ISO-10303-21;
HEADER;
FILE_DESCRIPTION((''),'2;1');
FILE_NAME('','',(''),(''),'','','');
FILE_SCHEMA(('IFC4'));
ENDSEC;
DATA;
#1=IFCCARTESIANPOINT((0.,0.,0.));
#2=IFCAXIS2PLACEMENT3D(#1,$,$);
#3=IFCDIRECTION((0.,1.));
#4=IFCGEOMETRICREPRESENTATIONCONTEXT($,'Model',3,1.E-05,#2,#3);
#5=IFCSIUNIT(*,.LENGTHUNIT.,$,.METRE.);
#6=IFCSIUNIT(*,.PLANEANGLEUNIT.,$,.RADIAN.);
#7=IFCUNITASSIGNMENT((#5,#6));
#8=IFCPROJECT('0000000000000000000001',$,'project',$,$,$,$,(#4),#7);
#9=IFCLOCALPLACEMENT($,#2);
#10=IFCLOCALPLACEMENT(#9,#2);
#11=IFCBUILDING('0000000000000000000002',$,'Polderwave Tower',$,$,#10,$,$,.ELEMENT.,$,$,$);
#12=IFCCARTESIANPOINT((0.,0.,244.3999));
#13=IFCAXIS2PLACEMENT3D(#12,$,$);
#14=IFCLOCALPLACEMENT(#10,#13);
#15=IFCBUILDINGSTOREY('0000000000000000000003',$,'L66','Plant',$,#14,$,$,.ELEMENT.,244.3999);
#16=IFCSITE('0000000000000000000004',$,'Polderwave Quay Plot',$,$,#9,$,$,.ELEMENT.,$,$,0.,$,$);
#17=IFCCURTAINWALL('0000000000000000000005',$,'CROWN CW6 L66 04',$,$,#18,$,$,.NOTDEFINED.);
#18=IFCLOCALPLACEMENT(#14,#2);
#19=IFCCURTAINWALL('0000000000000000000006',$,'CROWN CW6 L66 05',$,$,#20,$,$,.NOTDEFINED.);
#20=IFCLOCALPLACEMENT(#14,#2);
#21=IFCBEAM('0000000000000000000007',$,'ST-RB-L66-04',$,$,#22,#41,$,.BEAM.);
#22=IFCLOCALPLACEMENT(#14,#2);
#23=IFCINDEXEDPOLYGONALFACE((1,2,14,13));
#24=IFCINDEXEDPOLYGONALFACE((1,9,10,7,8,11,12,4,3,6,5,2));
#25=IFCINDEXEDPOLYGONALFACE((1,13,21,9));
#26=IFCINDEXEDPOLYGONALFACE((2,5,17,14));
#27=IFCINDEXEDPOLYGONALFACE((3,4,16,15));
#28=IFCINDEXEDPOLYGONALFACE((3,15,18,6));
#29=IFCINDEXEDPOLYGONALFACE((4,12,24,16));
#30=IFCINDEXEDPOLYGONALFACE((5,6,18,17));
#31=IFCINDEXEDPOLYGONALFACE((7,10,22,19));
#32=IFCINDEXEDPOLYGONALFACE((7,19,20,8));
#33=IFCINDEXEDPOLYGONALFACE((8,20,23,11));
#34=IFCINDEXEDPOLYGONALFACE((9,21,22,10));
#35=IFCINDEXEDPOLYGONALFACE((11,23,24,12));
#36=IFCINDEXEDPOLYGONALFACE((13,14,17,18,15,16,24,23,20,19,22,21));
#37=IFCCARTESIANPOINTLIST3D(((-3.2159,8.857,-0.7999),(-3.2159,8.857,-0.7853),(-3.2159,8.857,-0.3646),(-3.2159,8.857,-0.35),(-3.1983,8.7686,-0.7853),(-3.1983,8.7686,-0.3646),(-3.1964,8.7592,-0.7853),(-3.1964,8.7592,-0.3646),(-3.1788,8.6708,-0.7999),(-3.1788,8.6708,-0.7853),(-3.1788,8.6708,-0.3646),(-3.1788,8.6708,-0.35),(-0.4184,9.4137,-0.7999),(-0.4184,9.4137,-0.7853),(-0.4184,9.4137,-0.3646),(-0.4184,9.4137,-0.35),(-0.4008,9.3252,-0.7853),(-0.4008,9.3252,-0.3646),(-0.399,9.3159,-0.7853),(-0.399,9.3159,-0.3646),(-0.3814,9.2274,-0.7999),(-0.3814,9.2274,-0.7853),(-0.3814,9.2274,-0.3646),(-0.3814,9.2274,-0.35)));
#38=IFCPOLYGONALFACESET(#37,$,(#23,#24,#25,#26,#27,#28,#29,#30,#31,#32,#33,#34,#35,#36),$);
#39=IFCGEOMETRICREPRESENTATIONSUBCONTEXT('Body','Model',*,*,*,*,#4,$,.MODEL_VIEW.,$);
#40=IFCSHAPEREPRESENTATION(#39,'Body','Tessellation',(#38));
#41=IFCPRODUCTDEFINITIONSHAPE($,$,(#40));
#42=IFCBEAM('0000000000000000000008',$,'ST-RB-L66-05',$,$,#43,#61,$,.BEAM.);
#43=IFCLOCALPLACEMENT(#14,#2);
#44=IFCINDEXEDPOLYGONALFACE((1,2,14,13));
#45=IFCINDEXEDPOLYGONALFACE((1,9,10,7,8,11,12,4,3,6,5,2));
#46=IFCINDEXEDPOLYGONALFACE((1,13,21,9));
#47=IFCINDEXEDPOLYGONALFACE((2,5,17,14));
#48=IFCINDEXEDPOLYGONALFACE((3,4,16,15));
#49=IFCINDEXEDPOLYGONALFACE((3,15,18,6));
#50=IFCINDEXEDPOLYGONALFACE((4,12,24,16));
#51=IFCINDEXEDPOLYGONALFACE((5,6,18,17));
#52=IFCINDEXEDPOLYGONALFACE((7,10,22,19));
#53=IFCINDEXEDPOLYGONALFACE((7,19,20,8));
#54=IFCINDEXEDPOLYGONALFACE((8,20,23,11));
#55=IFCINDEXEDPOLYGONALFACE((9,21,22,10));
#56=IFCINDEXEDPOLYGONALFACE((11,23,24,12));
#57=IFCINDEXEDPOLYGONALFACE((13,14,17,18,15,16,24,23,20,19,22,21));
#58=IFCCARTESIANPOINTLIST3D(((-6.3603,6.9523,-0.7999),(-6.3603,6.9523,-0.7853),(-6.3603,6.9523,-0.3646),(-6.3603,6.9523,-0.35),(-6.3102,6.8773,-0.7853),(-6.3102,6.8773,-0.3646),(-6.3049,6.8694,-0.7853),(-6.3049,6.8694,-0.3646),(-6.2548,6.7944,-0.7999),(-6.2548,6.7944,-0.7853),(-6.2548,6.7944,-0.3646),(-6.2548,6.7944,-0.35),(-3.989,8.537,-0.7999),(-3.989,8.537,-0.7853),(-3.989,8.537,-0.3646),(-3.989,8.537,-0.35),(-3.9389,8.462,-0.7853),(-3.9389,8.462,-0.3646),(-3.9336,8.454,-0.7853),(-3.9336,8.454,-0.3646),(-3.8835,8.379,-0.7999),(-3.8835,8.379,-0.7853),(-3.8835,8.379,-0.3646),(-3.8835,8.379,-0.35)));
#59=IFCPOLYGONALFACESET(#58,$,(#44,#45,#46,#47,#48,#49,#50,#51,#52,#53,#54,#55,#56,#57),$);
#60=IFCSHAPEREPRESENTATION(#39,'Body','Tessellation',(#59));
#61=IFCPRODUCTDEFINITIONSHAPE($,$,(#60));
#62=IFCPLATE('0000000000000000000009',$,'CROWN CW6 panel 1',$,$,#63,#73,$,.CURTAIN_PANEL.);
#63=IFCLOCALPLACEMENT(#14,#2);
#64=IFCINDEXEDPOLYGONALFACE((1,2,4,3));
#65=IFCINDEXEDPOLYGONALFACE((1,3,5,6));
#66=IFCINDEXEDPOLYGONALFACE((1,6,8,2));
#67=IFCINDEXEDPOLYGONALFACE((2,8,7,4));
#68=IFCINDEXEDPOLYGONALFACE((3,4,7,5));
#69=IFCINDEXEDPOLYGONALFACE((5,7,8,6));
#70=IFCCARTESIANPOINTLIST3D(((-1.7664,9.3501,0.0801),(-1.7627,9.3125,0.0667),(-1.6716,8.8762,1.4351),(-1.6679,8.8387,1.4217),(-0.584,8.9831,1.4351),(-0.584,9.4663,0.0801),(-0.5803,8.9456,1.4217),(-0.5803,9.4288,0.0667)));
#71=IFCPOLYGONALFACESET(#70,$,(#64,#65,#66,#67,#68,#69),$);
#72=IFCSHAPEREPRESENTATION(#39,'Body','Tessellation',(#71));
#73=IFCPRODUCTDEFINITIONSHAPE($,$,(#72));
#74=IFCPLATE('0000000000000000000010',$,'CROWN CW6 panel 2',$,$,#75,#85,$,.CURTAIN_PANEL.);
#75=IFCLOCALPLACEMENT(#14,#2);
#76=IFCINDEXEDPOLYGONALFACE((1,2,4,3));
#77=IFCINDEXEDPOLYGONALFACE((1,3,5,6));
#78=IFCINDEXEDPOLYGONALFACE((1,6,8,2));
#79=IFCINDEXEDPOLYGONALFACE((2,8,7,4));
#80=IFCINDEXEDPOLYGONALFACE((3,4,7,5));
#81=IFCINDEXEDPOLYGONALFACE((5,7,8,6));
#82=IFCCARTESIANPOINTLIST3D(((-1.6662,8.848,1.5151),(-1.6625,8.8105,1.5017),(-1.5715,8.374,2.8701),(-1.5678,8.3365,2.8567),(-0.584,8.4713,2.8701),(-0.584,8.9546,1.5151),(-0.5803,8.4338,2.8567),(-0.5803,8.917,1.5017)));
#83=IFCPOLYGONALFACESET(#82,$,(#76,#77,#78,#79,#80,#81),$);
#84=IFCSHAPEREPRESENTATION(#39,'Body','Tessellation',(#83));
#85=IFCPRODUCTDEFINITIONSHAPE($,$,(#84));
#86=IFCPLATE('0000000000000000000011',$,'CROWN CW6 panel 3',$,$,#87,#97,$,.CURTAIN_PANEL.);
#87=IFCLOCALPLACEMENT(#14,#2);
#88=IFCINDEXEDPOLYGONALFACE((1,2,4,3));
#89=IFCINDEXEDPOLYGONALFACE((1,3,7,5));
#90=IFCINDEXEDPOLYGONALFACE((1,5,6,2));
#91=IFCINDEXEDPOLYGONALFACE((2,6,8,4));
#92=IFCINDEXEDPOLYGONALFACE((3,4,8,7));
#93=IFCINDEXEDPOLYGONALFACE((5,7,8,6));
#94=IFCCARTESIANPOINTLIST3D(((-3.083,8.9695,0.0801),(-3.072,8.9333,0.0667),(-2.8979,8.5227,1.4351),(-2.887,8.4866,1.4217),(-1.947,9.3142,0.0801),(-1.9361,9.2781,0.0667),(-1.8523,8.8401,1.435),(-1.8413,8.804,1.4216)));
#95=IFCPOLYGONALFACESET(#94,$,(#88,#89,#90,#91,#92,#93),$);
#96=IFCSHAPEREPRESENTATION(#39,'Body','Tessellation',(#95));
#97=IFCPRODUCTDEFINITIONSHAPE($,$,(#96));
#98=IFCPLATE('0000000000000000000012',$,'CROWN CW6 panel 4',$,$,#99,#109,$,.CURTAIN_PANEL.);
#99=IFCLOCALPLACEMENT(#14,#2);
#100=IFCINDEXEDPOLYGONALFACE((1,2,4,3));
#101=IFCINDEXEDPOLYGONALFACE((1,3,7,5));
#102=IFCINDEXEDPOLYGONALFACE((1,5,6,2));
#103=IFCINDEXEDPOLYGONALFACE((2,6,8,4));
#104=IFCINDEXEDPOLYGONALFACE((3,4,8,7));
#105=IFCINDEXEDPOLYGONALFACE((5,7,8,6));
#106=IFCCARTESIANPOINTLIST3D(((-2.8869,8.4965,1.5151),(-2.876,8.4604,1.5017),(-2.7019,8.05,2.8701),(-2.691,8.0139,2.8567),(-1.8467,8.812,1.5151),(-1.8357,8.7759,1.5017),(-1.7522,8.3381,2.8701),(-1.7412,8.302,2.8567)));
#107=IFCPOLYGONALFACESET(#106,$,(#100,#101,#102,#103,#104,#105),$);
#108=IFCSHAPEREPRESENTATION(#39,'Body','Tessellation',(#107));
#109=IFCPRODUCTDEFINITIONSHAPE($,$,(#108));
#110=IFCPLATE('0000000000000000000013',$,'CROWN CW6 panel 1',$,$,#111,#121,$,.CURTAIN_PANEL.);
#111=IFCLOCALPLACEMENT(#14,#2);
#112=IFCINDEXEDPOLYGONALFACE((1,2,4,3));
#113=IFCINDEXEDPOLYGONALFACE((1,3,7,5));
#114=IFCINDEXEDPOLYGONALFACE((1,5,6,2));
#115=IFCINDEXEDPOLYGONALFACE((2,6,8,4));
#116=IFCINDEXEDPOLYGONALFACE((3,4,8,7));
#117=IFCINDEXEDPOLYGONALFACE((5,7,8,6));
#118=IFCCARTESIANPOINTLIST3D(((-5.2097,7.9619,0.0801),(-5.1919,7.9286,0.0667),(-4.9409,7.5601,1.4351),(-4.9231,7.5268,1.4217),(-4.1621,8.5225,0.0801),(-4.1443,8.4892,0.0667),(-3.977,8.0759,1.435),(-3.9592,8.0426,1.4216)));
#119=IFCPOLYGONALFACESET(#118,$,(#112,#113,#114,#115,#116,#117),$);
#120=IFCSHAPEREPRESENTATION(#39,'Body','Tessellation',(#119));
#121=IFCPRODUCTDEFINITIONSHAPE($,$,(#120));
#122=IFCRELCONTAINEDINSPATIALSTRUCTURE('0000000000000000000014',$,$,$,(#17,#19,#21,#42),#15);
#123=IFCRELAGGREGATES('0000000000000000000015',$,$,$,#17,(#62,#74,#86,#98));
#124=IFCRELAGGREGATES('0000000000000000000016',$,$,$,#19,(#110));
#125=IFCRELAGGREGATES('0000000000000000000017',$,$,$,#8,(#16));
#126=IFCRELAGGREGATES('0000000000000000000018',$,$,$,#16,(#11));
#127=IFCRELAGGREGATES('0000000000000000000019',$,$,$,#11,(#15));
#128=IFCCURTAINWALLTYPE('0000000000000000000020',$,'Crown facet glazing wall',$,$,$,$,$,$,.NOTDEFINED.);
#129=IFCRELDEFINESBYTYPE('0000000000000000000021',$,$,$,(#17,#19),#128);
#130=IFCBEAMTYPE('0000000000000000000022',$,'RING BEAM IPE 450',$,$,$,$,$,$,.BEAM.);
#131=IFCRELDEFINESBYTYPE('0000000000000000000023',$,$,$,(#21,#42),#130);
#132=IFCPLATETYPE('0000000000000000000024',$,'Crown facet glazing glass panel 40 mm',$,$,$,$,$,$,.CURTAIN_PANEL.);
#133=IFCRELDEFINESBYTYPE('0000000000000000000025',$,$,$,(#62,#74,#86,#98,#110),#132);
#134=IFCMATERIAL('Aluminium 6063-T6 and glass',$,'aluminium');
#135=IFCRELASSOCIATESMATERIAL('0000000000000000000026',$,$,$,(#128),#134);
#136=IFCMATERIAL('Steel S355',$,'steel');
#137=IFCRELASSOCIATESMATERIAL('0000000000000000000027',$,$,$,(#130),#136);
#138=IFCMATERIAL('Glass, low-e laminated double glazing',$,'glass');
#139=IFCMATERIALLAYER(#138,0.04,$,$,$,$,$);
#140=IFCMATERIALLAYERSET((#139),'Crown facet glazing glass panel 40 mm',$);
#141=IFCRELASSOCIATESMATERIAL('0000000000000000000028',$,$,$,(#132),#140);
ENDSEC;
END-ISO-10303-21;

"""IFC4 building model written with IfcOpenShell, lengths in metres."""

from ifc_helpers import new_model, si_unit, direction, frame, origin, origin_2d, place, context, subcontext, project, spatial, polyline, i_section, outline, extrude, material, layer, layer_set, material_profile, profile_set, type_object, element, aggregate, save


model = new_model("IFC4")

# Units and contexts
model_context = context("Model", 3, precision=1e-05, world=origin(), true_north=direction((0.0, 1.0)))
body_context = subcontext(model_context, "Body", "Model", "MODEL_VIEW")
ifc_project = project(units=[si_unit("LENGTHUNIT", "METRE"), si_unit("PLANEANGLEUNIT", "RADIAN")], contexts=[model_context])

# Site, building, storey
site_placement = place(None, origin())
site = spatial("IfcSite", under=ifc_project, at=site_placement, Name="Polderwave Quay Plot", CompositionType="ELEMENT", RefElevation=0.0)
building_placement = place(site_placement, origin())
building = spatial("IfcBuilding", under=site, at=building_placement, Name="Polderwave Tower", CompositionType="ELEMENT")
storey_placement = place(building_placement, frame((0.0, 0.0, 244.3999)))
storey = spatial("IfcBuildingStorey", under=building, at=storey_placement, Name="L66", Description="Plant", CompositionType="ELEMENT", Elevation=244.3999)

# Curtain wall
ifc_material_1 = material(Name="Aluminium 6063-T6 and glass", Category="aluminium")
curtain_wall_type = type_object("IfcCurtainWallType", Name="Crown facet glazing wall", PredefinedType="NOTDEFINED", material=ifc_material_1)
curtain_wall_1_placement = place(storey_placement, origin())
curtain_wall_1 = element("IfcCurtainWall", 1, at=curtain_wall_1_placement, inside=storey, type_object=curtain_wall_type, Name="CROWN CW6 L66 04", PredefinedType="NOTDEFINED")

# Curtain wall
curtain_wall_2_placement = place(storey_placement, origin())
curtain_wall_2 = element("IfcCurtainWall", 2, at=curtain_wall_2_placement, inside=storey, type_object=curtain_wall_type, Name="CROWN CW6 L66 05", PredefinedType="NOTDEFINED")

# Beams
ifc_material_2 = material(Name="Steel S355", Category="steel")
ifc_material_profile_1 = material_profile(ifc_material_2, i_section(OverallWidth=0.1899, OverallDepth=0.45, WebThickness=0.0095, FlangeThickness=0.0146, at=origin_2d()), Name="IPE 450")
ifc_profile_set_1 = profile_set([ifc_material_profile_1], Name="Steel S355")
beam_type = type_object("IfcBeamType", Name="RING BEAM IPE 450", PredefinedType="BEAM", material=ifc_profile_set_1)
beam_1_placement = place(storey_placement, frame((-0.3999, 9.3206, -0.575), z_axis=(-0.980771, -0.195161, 0.0), x_axis=(0.195161, -0.980771, 0.0)))
element("IfcBeam", 3, at=beam_1_placement, inside=storey, type_object=beam_type, Name="ST-RB-L66-04", PredefinedType="BEAM", context=body_context, shape_type="SweptSolid", body=[
    extrude(i_section(OverallWidth=0.1899, OverallDepth=0.45, WebThickness=0.0095, FlangeThickness=0.0146, at=origin_2d()), origin(), (0.0, 0.0, 1.0), 2.8523),
])
beam_2_placement = place(storey_placement, frame((-3.9363, 8.458, -0.575), z_axis=(-0.831431, -0.555628, 0.0), x_axis=(0.555628, -0.831431, 0.0)))
element("IfcBeam", 4, at=beam_2_placement, inside=storey, type_object=beam_type, Name="ST-RB-L66-05", PredefinedType="BEAM", context=body_context, shape_type="SweptSolid", body=[
    extrude(i_section(OverallWidth=0.1899, OverallDepth=0.45, WebThickness=0.0095, FlangeThickness=0.0146, at=origin_2d()), origin(), (0.0, 0.0, 1.0), 2.8521),
])

# Plates
ifc_material_3 = material(Name="Glass, low-e laminated double glazing", Category="glass")
ifc_layer = layer(ifc_material_3, 0.04)
ifc_layer_set = layer_set([ifc_layer], Name="Crown facet glazing glass panel 40 mm")
plate_type = type_object("IfcPlateType", Name="Crown facet glazing glass panel 40 mm", PredefinedType="CURTAIN_PANEL", material=ifc_layer_set)
plate_1_placement = place(storey_placement, frame((-0.584, 9.4663, 0.0801), z_axis=(-0.092196, 0.937895, 0.334443), x_axis=(-0.995203, -0.097828, -0.000005)))
plate_1 = element("IfcPlate", 5, at=plate_1_placement, type_object=plate_type, Name="CROWN CW6 panel 1", PredefinedType="CURTAIN_PANEL", context=body_context, shape_type="SweptSolid", body=[
    extrude(outline(polyline([(0.0, 0.0), (1.1881, 0.0), (1.1402, 1.4378), (0.0473, 1.4378), (0.0, 0.0)])), origin(), (0.0, 0.0, -1.0), 0.04),
])
plate_2_placement = place(storey_placement, frame((-0.584, 8.9546, 1.5151), z_axis=(-0.092369, 0.937851, 0.334518), x_axis=(-0.995186, -0.098001, -0.000043)))
plate_2 = element("IfcPlate", 6, at=plate_2_placement, type_object=plate_type, Name="CROWN CW6 panel 2", PredefinedType="CURTAIN_PANEL", context=body_context, shape_type="SweptSolid", body=[
    extrude(outline(polyline([(0.0, 0.0), (1.0875, 0.0), (1.0396, 1.4379), (0.0473, 1.4378), (0.0, 0.0)])), origin(), (0.0, 0.0, -1.0), 0.04),
])
plate_3_placement = place(storey_placement, frame((-1.947, 9.3142, 0.0801), z_axis=(-0.273664, 0.90172, 0.334676), x_axis=(-0.956903, -0.290408, -0.000009)))
plate_3 = element("IfcPlate", 7, at=plate_3_placement, type_object=plate_type, Name="CROWN CW6 panel 3", PredefinedType="CURTAIN_PANEL", context=body_context, shape_type="SweptSolid", body=[
    extrude(outline(polyline([(0.0, 0.0), (1.1871, 0.0), (1.1398, 1.4379), (0.047, 1.4379), (0.0, 0.0)])), origin(), (0.0, 0.0, -1.0), 0.04),
])
plate_4_placement = place(storey_placement, frame((-1.8467, 8.812, 1.5151), z_axis=(-0.273503, 0.901831, 0.33451), x_axis=(-0.956961, -0.290217, -0.000017)))
plate_4 = element("IfcPlate", 8, at=plate_4_placement, type_object=plate_type, Name="CROWN CW6 panel 4", PredefinedType="CURTAIN_PANEL", context=body_context, shape_type="SweptSolid", body=[
    extrude(outline(polyline([(0.0, 0.0), (1.0871, 0.0), (1.0395, 1.4378), (0.0471, 1.4378), (0.0, 0.0)])), origin(), (0.0, 0.0, -1.0), 0.04),
])
aggregate(curtain_wall_1, [plate_1, plate_2, plate_3, plate_4])
plate_5_placement = place(storey_placement, frame((-4.1621, 8.5225, 0.0801), z_axis=(-0.444633, 0.830876, 0.334583), x_axis=(-0.881694, -0.471821, -0.000016)))
plate_5 = element("IfcPlate", 9, at=plate_5_placement, type_object=plate_type, Name="CROWN CW6 panel 1", PredefinedType="CURTAIN_PANEL", context=body_context, shape_type="SweptSolid", body=[
    extrude(outline(polyline([(0.0, 0.0), (1.1881, 0.0), (1.1407, 1.4379), (0.0475, 1.4378), (0.0, 0.0)])), origin(), (0.0, 0.0, -1.0), 0.04),
])
aggregate(curtain_wall_2, [plate_5])

save(model, "model.ifc")
